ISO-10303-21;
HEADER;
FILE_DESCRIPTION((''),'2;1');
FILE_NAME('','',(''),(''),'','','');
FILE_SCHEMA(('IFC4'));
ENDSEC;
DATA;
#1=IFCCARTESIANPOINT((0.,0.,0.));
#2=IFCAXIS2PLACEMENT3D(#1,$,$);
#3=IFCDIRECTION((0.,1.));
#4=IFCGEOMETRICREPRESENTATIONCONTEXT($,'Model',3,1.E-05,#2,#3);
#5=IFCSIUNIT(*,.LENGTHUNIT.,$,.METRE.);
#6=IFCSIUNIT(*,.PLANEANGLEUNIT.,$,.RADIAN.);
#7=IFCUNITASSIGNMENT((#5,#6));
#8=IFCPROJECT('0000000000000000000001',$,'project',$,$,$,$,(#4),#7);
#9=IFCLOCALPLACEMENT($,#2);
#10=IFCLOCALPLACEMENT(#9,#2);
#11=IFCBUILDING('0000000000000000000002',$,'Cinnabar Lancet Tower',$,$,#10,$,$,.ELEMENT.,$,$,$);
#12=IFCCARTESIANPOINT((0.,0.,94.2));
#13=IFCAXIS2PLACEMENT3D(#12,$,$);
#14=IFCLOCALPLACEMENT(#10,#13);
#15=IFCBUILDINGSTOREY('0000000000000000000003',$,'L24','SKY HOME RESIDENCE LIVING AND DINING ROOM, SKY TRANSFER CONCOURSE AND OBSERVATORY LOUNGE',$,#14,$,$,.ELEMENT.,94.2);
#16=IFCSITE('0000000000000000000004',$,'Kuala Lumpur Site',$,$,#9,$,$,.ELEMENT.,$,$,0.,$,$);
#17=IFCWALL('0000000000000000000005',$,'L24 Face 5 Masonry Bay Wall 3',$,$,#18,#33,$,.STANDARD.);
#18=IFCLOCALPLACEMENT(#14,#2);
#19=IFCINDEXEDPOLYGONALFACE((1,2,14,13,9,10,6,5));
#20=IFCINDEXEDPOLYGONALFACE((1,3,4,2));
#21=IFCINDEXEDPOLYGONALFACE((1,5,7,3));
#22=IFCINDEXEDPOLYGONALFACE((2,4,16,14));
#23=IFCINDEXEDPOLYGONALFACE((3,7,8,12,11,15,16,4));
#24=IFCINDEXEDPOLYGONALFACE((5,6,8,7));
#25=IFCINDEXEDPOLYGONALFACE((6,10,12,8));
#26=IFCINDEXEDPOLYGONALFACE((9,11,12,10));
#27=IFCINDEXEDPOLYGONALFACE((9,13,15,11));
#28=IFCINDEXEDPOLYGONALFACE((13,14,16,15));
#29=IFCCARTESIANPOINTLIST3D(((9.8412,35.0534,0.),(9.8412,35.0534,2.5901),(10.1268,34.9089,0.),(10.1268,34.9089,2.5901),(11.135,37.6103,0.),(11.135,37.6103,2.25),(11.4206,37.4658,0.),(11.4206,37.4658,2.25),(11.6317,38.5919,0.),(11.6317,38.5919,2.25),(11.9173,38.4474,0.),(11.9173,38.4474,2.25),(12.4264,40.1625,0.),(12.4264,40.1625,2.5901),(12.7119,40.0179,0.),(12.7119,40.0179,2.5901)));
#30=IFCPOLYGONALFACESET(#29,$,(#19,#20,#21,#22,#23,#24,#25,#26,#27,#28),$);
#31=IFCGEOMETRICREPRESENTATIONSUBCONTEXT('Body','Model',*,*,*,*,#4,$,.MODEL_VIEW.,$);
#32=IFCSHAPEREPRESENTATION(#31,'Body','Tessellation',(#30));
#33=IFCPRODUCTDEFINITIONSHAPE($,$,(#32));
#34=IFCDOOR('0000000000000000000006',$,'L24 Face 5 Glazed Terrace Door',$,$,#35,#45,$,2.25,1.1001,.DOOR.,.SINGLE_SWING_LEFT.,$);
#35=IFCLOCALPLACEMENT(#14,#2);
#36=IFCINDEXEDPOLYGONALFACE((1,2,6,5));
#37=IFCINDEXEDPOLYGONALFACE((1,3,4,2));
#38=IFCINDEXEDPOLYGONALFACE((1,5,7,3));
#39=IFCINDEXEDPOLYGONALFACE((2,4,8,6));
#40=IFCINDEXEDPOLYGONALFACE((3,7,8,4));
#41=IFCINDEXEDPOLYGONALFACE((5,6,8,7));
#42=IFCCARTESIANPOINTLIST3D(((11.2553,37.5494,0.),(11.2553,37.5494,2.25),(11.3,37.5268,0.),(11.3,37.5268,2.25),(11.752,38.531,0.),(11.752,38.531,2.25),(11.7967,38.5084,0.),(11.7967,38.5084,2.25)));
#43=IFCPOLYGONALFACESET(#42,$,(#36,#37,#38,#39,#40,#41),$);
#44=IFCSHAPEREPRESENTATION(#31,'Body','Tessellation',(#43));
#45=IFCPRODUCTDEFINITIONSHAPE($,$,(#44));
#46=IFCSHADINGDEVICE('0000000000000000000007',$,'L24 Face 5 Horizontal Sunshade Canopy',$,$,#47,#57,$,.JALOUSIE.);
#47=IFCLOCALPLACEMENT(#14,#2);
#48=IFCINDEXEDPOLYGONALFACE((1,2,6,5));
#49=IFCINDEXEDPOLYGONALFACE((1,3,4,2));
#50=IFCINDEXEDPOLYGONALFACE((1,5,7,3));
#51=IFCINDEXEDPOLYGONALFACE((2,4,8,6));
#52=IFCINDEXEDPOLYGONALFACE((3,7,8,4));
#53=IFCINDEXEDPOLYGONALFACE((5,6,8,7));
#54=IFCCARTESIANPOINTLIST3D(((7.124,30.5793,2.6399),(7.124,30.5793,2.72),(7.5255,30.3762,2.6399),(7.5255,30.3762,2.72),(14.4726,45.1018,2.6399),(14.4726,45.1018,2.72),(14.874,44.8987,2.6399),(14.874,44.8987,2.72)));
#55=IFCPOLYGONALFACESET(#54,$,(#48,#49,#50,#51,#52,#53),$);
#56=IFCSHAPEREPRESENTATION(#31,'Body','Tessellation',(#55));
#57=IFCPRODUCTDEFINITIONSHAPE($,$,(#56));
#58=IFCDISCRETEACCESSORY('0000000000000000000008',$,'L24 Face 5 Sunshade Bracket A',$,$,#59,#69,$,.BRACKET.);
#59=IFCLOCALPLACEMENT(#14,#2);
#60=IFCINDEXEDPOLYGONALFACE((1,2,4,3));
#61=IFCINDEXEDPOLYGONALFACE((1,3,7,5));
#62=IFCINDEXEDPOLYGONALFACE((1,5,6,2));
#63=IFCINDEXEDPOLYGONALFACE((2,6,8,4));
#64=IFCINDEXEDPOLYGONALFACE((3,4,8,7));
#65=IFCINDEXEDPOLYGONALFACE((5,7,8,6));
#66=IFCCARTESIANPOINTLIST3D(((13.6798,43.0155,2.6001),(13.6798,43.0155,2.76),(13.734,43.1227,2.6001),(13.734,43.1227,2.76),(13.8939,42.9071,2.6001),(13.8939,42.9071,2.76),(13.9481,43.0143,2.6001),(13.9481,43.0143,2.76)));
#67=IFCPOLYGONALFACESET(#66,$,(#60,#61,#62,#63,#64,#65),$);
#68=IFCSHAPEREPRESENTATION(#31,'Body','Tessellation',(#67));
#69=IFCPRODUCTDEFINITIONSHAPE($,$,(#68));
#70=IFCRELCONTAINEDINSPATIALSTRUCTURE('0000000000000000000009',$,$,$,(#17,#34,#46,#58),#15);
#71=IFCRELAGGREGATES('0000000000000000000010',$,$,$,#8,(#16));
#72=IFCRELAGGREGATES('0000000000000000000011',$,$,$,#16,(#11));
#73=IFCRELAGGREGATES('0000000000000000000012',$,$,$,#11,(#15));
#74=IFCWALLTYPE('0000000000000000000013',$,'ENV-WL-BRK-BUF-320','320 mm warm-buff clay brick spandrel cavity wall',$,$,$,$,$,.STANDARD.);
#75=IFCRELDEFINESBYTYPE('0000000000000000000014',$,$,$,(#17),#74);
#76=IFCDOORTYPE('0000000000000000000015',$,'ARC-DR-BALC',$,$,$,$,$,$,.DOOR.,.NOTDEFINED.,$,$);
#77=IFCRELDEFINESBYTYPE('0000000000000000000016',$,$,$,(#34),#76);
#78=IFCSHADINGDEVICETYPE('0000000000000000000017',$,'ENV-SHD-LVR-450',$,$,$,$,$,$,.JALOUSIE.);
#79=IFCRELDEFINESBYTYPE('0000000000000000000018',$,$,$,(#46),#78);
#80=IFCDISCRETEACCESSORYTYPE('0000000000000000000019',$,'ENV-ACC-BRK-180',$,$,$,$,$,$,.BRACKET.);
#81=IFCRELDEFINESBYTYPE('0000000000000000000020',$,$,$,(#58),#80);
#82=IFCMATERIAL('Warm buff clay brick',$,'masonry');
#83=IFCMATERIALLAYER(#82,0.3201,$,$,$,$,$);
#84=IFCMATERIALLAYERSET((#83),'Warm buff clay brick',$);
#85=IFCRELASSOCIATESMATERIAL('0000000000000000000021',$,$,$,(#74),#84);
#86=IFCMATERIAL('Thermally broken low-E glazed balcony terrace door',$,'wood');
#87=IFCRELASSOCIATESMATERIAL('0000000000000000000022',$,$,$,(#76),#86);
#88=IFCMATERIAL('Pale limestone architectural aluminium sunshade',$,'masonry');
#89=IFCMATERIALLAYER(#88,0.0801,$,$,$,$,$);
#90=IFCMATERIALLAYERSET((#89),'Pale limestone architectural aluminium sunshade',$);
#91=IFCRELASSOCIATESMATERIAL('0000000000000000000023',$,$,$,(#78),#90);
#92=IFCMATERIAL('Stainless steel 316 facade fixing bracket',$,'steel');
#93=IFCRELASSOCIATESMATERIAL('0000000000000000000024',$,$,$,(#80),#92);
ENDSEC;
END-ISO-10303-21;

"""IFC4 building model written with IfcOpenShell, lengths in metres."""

from ifc_helpers import new_model, si_unit, direction, frame, frame_2d, origin, origin_2d, place, context, subcontext, project, spatial, rectangle, extrude, material, layer, layer_set, type_object, element, fill, save


model = new_model("IFC4")

# Units and contexts
model_context = context("Model", 3, precision=1e-05, world=origin(), true_north=direction((0.0, 1.0)))
body_context = subcontext(model_context, "Body", "Model", "MODEL_VIEW")
ifc_project = project(units=[si_unit("LENGTHUNIT", "METRE"), si_unit("PLANEANGLEUNIT", "RADIAN")], contexts=[model_context])

# Site, building, storey
site_placement = place(None, origin())
site = spatial("IfcSite", under=ifc_project, at=site_placement, Name="Kuala Lumpur Site", CompositionType="ELEMENT", RefElevation=0.0)
building_placement = place(site_placement, origin())
building = spatial("IfcBuilding", under=site, at=building_placement, Name="Cinnabar Lancet Tower", CompositionType="ELEMENT")
storey_placement = place(building_placement, frame((0.0, 0.0, 94.2)))
storey = spatial("IfcBuildingStorey", under=building, at=storey_placement, Name="L24", Description="SKY HOME RESIDENCE LIVING AND DINING ROOM, SKY TRANSFER CONCOURSE AND OBSERVATORY LOUNGE", CompositionType="ELEMENT", Elevation=94.2)

# Shared definitions
ifc_material_1 = material(Name="Warm buff clay brick", Category="masonry")
ifc_layer_1 = layer(ifc_material_1, 0.3201)
ifc_layer_set_1 = layer_set([ifc_layer_1], Name="Warm buff clay brick")
wall_type_1 = type_object("IfcWallType", Name="ENV-WL-BRK-BUF-320", Description="320 mm warm-buff clay brick spandrel cavity wall", PredefinedType="STANDARD", material=ifc_layer_set_1)

# Wall, opening, door
wall_1_placement = place(storey_placement, frame((12.5691, 40.0901, 0.0), z_axis=(0.0, 0.0, 1.0), x_axis=(-0.451489, -0.892277, 0.0)))
wall_1 = element("IfcWall", 1, at=wall_1_placement, inside=storey, type_object=wall_type_1, Name="L24 Face 5 Masonry Bay Wall 3", PredefinedType="STANDARD", context=body_context, shape_type="SweptSolid", body=[
    extrude(rectangle(XDim=5.7258, YDim=0.3201, at=frame_2d((2.8628, 0.0))), origin(), (0.0, 0.0, 1.0), 2.5901),
])
opening_1_placement = place(wall_1_placement, frame((1.76, 0.0, 0.0)))
opening_1 = element("IfcOpeningElement", 2, at=opening_1_placement, cuts=wall_1, PredefinedType="OPENING", context=body_context, shape_type="SweptSolid", body=[
    extrude(rectangle(XDim=1.1001, YDim=2.25, at=frame_2d((0.55, 1.125))), frame((0.0, 0.1699, 0.0), z_axis=(0.0, -1.0, 0.0), x_axis=(1.0, 0.0, 0.0)), (0.0, 0.0, 1.0), 0.3401),
])
ifc_material_2 = material(Name="Thermally broken low-E glazed balcony terrace door", Category="wood")
door_type = type_object("IfcDoorType", Name="ARC-DR-BALC", OperationType="NOTDEFINED", PredefinedType="DOOR", material=ifc_material_2)
door_placement = place(opening_1_placement, origin())
door = element("IfcDoor", 3, at=door_placement, inside=storey, type_object=door_type, Name="L24 Face 5 Glazed Terrace Door", OperationType="SINGLE_SWING_LEFT", OverallHeight=2.25, OverallWidth=1.1001, PredefinedType="DOOR", context=body_context, shape_type="SweptSolid", body=[
    extrude(rectangle(XDim=1.1001, YDim=2.25, at=frame_2d((0.55, 1.125))), frame((0.0, 0.0249, 0.0), z_axis=(0.0, -1.0, 0.0), x_axis=(1.0, 0.0, 0.0)), (0.0, 0.0, 1.0), 0.05),
])
fill(opening_1, door)

# Shading device
ifc_material_3 = material(Name="Pale limestone architectural aluminium sunshade", Category="masonry")
ifc_layer_2 = layer(ifc_material_3, 0.0801)
ifc_layer_set_2 = layer_set([ifc_layer_2], Name="Pale limestone architectural aluminium sunshade")
shading_device_type = type_object("IfcShadingDeviceType", Name="ENV-SHD-LVR-450", PredefinedType="JALOUSIE", material=ifc_layer_set_2)
shading_device_placement = place(storey_placement, frame((10.999, 37.739, 2.6399), z_axis=(0.0, 0.0, 1.0), x_axis=(-0.451501, -0.892271, 0.0)))
element("IfcShadingDevice", 4, at=shading_device_placement, inside=storey, type_object=shading_device_type, Name="L24 Face 5 Horizontal Sunshade Canopy", PredefinedType="JALOUSIE", context=body_context, shape_type="SweptSolid", body=[
    extrude(rectangle(XDim=16.2759, YDim=0.45, at=origin_2d()), origin(), (0.0, 0.0, 1.0), 0.0801),
])

# Discrete accessory
ifc_material_4 = material(Name="Stainless steel 316 facade fixing bracket", Category="steel")
discrete_accessory_type = type_object("IfcDiscreteAccessoryType", Name="ENV-ACC-BRK-180", PredefinedType="BRACKET", material=ifc_material_4)
discrete_accessory_placement = place(storey_placement, frame((13.814, 43.0149, 2.6001), z_axis=(0.0, 0.0, 1.0), x_axis=(-0.451501, -0.892271, 0.0)))
element("IfcDiscreteAccessory", 5, at=discrete_accessory_placement, inside=storey, type_object=discrete_accessory_type, Name="L24 Face 5 Sunshade Bracket A", PredefinedType="BRACKET", context=body_context, shape_type="SweptSolid", body=[
    extrude(rectangle(XDim=0.1201, YDim=0.24, at=origin_2d()), origin(), (0.0, 0.0, 1.0), 0.1599),
])

save(model, "model.ifc")
